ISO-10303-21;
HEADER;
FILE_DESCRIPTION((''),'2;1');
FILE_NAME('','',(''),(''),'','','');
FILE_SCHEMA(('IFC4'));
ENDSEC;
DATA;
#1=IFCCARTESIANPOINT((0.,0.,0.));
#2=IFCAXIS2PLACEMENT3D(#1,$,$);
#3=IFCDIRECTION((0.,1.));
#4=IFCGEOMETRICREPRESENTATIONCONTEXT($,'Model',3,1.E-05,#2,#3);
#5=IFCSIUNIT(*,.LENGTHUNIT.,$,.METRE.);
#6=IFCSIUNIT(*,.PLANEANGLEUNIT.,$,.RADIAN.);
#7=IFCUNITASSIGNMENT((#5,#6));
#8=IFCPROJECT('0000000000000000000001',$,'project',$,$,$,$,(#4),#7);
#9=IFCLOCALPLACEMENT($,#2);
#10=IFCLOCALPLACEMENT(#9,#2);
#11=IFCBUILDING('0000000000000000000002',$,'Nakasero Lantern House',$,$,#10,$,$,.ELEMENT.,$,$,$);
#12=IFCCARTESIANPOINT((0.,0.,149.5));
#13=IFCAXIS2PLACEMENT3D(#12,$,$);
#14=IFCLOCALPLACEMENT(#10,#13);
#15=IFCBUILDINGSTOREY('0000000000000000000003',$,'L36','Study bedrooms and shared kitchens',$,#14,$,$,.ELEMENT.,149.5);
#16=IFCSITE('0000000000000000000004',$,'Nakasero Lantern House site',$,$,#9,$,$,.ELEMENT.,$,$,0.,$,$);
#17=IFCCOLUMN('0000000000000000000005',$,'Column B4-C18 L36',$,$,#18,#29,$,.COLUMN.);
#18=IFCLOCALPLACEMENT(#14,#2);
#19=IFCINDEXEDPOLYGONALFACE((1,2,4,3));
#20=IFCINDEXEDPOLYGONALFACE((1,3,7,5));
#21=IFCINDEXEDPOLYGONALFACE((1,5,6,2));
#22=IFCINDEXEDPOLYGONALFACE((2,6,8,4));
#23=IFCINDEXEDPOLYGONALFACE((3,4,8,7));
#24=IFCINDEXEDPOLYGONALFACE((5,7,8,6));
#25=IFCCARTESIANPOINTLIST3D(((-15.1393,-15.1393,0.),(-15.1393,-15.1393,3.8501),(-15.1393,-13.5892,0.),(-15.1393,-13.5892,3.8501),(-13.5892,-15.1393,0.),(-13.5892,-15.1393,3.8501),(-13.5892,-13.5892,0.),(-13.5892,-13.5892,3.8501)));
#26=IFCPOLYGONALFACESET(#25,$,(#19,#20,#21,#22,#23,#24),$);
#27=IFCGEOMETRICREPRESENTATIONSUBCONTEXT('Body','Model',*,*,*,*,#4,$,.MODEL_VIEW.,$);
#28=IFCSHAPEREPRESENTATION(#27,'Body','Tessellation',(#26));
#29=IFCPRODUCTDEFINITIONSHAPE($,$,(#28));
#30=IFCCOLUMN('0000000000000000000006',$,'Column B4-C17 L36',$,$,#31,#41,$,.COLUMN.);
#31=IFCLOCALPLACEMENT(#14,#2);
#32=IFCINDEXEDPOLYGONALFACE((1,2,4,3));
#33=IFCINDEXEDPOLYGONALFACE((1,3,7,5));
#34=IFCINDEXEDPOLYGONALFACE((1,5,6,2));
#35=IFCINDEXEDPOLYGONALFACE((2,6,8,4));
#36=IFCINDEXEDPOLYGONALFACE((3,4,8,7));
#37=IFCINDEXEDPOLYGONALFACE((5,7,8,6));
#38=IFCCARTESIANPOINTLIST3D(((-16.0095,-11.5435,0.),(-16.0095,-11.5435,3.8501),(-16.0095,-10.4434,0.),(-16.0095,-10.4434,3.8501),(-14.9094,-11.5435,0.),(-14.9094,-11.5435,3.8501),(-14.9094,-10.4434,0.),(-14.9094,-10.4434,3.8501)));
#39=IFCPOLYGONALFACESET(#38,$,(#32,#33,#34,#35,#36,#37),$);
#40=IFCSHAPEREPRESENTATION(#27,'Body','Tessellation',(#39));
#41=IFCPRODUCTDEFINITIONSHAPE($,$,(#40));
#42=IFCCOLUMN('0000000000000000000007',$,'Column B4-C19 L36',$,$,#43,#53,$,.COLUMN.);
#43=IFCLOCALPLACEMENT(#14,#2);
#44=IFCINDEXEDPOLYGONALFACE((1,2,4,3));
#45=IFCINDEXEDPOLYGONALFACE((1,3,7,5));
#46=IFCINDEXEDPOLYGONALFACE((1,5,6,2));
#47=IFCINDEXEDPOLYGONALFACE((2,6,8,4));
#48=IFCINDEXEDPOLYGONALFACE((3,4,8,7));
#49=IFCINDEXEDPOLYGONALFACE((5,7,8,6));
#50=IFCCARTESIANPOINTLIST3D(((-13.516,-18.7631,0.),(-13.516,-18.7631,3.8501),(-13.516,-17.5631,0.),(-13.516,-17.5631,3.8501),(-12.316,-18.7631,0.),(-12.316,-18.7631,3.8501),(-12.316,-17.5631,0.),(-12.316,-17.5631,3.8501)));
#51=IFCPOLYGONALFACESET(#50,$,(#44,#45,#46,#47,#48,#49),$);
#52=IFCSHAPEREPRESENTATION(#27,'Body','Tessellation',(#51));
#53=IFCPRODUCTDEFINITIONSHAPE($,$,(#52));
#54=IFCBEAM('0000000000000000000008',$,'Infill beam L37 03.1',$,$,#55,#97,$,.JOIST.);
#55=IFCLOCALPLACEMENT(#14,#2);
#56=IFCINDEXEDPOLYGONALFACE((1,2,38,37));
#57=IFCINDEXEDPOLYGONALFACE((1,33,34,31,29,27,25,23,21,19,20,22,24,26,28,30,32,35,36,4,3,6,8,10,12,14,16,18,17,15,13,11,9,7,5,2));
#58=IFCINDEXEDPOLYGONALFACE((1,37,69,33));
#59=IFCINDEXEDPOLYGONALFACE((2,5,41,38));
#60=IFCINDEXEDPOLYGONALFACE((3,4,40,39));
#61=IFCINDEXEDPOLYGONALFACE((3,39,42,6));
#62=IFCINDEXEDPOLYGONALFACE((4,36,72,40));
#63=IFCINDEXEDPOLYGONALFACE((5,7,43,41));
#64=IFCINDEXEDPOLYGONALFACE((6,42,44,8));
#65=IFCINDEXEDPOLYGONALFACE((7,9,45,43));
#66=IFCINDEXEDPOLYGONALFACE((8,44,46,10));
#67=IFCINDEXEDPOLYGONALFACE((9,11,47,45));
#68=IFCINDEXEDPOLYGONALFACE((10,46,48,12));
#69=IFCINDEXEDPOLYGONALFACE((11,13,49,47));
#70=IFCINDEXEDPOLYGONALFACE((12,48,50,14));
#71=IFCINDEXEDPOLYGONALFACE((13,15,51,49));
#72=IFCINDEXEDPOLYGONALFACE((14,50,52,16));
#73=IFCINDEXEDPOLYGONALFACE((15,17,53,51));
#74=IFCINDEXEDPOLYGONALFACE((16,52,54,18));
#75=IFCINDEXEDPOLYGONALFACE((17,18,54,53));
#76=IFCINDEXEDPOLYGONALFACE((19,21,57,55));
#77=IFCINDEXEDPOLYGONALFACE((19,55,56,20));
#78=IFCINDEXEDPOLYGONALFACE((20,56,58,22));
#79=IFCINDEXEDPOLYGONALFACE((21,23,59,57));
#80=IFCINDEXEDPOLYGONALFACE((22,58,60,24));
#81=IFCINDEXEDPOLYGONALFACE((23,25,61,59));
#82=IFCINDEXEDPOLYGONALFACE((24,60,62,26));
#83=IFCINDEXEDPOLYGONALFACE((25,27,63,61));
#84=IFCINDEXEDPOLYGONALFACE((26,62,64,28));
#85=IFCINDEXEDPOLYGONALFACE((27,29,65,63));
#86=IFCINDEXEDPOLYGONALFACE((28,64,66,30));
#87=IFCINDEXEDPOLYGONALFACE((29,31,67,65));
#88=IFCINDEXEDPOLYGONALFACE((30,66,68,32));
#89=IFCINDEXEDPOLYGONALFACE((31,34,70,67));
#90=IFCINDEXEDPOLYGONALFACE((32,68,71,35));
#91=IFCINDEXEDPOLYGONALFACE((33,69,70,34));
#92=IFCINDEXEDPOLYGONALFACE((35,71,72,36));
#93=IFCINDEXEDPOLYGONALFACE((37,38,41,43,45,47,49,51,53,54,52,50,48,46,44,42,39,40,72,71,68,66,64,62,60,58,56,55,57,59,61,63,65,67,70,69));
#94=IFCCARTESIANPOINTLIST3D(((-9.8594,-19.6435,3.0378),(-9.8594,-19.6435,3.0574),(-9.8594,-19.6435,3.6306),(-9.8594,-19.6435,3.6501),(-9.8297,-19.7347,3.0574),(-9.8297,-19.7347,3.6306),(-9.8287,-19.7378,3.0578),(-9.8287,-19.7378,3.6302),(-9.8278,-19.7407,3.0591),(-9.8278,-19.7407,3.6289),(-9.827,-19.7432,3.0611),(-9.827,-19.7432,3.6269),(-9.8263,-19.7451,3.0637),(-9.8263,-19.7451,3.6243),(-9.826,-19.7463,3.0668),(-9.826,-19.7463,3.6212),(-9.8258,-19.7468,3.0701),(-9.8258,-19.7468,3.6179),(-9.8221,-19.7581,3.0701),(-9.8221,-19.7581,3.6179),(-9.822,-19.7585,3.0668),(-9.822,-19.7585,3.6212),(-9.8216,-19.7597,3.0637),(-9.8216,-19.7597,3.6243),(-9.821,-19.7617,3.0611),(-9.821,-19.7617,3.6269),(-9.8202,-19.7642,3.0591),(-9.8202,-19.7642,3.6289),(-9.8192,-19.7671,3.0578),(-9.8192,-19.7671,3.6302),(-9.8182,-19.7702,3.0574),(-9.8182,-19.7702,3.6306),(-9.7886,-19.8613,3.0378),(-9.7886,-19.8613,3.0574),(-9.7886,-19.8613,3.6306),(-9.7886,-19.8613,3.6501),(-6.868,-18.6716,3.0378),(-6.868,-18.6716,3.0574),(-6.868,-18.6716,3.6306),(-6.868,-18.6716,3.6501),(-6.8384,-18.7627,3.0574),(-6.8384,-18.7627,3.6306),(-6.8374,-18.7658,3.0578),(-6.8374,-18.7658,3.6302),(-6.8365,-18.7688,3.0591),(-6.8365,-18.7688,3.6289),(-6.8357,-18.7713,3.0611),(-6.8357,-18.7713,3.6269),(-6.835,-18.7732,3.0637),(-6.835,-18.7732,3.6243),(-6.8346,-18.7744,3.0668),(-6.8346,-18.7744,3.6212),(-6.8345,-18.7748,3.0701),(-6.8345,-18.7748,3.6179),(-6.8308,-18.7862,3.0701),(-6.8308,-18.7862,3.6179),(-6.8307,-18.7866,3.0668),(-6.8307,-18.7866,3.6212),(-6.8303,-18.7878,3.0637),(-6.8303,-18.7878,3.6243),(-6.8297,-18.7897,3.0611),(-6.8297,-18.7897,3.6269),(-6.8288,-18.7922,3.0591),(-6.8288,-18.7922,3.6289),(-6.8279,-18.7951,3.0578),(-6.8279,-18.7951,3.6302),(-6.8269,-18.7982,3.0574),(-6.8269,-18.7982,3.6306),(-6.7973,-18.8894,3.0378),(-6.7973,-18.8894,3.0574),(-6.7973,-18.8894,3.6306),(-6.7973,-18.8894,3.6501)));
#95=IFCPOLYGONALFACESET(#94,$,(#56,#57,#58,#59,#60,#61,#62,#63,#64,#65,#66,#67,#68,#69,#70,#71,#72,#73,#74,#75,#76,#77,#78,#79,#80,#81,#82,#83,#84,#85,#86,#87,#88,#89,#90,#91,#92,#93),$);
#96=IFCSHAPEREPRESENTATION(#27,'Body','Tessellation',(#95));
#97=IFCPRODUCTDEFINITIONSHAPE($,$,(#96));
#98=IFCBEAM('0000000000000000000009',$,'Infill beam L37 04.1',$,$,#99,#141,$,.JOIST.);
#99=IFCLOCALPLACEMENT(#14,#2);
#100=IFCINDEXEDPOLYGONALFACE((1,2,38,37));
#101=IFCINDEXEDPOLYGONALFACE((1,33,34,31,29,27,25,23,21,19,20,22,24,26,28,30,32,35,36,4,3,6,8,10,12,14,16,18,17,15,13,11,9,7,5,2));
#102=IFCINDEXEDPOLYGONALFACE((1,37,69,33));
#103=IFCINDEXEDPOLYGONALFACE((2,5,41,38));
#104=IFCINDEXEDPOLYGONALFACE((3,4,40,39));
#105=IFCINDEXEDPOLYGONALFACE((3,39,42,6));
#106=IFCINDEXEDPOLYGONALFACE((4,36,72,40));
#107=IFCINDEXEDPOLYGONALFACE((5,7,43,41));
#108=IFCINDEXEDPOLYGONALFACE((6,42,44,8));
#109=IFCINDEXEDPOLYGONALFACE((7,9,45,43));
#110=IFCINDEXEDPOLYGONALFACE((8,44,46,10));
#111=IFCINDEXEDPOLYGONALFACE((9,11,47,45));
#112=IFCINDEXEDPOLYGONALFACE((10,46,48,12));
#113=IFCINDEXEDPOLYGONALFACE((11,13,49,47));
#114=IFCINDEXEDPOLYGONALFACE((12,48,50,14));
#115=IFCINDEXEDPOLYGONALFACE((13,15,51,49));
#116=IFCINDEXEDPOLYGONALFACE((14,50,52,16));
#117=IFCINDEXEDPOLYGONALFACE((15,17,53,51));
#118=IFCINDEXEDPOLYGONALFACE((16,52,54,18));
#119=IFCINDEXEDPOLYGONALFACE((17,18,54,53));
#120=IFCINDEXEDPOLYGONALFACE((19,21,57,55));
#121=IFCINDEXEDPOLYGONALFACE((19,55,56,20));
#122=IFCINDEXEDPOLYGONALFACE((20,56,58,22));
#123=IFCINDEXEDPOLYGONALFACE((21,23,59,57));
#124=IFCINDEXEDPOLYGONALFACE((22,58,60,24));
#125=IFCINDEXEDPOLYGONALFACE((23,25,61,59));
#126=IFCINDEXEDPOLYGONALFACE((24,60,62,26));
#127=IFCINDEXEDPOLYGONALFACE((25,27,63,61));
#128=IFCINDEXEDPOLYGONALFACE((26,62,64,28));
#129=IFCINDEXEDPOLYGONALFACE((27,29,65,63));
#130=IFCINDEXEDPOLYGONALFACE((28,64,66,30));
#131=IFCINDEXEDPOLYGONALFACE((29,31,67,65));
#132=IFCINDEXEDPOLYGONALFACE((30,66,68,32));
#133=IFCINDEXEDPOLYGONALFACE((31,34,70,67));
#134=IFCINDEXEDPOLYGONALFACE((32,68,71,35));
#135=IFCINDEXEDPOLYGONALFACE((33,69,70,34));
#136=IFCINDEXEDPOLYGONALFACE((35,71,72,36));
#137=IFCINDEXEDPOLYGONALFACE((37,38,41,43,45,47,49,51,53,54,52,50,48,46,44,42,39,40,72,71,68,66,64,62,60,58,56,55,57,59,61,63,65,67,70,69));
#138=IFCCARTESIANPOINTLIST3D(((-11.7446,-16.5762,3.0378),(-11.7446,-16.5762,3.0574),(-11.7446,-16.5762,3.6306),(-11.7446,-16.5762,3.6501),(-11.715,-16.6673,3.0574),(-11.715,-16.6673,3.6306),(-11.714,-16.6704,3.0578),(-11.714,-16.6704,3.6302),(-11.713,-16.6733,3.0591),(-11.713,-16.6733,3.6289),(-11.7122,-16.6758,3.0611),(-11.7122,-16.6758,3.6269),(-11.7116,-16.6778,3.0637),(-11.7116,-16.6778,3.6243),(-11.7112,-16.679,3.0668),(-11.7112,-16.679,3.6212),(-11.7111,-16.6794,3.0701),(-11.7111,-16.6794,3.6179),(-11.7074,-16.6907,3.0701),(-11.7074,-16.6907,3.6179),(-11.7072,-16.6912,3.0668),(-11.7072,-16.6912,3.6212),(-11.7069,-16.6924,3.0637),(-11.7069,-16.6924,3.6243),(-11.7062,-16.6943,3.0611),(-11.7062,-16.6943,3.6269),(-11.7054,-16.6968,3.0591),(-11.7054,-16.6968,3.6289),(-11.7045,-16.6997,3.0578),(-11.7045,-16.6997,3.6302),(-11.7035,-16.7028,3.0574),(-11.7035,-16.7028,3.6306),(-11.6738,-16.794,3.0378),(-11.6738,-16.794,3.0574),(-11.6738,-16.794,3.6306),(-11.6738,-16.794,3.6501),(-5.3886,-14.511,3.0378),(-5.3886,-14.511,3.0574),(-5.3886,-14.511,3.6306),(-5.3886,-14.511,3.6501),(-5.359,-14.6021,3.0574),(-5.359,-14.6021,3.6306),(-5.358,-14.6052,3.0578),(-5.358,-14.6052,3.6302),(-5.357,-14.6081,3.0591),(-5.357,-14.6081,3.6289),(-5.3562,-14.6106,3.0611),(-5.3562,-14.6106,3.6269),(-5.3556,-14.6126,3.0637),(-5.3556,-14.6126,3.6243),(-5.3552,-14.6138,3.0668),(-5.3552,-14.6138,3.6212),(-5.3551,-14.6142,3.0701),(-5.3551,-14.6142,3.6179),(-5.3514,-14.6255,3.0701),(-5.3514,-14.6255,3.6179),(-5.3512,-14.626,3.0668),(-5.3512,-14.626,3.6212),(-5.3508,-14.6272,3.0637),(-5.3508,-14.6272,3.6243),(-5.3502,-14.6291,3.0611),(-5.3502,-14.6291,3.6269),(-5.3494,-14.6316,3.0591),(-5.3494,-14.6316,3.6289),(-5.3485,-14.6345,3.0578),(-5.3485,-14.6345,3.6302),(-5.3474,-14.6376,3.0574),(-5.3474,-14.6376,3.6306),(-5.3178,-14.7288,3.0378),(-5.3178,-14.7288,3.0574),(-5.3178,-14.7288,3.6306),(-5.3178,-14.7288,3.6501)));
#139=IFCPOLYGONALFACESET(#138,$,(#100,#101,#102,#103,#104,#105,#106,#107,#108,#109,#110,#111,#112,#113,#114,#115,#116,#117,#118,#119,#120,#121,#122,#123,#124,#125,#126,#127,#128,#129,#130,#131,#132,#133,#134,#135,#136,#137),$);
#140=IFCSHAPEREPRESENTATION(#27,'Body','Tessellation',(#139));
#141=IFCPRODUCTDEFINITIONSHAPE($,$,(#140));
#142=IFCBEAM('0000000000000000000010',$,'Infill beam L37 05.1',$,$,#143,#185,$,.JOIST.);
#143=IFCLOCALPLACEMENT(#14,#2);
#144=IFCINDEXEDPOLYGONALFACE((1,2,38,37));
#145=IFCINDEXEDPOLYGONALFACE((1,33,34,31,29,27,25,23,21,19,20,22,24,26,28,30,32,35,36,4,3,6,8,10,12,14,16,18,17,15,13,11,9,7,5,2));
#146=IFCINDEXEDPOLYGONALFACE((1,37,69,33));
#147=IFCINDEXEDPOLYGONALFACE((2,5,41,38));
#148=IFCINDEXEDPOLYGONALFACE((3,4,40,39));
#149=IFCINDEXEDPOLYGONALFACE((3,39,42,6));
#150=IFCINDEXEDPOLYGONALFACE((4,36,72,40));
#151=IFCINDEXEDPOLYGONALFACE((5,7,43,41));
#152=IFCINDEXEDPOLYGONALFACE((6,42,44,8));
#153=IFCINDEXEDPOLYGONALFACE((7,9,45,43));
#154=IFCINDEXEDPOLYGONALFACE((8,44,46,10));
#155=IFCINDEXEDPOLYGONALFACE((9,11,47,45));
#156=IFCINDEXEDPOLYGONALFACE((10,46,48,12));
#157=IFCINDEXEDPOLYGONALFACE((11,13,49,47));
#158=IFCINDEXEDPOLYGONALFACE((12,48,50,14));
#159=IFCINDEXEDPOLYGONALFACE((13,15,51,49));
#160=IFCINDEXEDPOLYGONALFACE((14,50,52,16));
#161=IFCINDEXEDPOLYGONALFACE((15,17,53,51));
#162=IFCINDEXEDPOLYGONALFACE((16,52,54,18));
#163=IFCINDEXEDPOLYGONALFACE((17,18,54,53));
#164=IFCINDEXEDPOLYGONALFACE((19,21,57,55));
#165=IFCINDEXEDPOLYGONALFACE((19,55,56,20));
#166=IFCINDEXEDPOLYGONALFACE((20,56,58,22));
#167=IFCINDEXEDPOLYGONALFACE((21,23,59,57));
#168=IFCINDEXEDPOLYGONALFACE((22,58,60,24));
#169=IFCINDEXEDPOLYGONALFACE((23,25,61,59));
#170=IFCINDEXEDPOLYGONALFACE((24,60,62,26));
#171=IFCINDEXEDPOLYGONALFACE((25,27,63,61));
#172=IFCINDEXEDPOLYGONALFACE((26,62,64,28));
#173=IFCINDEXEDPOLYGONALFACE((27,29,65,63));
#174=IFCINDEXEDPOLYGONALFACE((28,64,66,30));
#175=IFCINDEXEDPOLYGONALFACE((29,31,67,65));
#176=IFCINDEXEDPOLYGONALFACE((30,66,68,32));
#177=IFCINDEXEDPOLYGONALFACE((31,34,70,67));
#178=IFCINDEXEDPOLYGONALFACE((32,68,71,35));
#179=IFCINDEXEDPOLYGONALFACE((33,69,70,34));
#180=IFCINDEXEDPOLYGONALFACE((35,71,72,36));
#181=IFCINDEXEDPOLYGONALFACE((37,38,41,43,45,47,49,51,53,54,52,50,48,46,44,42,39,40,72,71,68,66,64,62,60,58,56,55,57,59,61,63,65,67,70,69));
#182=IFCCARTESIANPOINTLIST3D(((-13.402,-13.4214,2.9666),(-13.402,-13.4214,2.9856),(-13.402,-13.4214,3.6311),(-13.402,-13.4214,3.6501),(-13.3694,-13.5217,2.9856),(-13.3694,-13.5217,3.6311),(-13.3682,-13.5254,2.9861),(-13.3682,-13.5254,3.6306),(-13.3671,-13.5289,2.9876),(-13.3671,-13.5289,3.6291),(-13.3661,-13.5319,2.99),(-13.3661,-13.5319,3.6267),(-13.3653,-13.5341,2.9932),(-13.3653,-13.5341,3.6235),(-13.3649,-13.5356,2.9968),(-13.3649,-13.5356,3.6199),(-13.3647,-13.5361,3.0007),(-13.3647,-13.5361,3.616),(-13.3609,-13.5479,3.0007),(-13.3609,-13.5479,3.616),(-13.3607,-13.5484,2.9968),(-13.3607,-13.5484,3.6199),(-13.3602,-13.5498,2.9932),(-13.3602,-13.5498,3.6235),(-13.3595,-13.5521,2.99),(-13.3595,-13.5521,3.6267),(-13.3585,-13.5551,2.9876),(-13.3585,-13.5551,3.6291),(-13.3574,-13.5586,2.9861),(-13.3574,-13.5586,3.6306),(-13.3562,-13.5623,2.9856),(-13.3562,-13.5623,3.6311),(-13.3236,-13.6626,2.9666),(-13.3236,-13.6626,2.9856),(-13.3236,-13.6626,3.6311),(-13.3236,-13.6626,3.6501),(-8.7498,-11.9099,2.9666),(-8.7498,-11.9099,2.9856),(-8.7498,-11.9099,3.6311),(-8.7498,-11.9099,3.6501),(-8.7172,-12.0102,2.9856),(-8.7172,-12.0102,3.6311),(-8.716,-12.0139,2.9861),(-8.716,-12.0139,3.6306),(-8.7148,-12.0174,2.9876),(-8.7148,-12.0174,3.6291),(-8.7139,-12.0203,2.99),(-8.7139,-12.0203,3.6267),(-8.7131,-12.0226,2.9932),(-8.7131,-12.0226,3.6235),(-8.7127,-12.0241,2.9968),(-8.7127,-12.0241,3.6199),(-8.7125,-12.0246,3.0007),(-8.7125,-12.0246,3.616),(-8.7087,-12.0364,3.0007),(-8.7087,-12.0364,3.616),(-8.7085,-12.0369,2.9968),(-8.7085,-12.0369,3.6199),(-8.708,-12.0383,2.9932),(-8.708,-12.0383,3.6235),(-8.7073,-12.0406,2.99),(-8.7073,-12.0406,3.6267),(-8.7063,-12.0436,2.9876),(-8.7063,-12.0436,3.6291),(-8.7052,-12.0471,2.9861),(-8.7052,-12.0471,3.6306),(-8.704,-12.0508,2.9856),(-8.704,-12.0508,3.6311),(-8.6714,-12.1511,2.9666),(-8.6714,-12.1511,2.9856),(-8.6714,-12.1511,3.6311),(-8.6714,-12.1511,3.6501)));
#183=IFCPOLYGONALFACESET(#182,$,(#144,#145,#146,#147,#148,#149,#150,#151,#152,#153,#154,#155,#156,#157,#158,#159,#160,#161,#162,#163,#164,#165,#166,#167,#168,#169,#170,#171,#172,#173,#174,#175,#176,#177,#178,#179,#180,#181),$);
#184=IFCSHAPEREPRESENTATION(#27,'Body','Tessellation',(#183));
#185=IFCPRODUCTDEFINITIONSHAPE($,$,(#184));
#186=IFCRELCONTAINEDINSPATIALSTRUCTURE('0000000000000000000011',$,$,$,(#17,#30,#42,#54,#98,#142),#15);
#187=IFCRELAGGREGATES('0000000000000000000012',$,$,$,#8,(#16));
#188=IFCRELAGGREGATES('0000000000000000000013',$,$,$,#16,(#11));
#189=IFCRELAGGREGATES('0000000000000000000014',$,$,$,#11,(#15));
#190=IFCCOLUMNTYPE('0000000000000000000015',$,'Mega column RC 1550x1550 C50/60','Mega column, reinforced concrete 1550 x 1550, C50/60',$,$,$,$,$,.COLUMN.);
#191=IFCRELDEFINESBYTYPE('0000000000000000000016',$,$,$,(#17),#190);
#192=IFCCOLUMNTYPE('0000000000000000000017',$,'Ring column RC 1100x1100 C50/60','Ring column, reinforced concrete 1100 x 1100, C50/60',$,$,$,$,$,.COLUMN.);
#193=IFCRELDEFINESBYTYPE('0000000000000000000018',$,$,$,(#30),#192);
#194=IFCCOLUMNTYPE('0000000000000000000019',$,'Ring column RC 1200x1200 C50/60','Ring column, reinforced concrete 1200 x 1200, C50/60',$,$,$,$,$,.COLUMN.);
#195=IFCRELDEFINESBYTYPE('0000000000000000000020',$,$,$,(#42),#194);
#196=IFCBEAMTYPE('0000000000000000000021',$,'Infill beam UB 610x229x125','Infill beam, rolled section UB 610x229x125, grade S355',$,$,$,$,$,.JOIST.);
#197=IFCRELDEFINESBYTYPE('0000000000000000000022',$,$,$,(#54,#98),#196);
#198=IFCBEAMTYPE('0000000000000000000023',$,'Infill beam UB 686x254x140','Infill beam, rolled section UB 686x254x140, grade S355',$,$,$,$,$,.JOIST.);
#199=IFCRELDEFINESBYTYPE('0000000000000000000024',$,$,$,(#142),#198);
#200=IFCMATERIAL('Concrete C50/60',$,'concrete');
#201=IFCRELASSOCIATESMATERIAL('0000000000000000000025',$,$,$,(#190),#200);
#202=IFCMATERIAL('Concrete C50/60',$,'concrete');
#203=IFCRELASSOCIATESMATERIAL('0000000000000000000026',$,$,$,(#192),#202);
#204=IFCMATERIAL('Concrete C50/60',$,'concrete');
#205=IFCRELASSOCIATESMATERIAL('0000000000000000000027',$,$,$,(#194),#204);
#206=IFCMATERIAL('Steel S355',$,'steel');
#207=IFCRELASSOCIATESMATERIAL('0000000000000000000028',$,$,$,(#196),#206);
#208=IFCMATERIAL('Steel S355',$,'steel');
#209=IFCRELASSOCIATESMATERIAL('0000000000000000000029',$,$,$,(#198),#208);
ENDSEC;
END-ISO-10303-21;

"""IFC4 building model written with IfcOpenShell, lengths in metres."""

from ifc_helpers import new_model, si_unit, direction, frame, origin, origin_2d, place, context, subcontext, project, spatial, rectangle, i_section, extrude, material, material_profile, profile_set, type_object, element, save


model = new_model("IFC4")

# Units and contexts
model_context = context("Model", 3, precision=1e-05, world=origin(), true_north=direction((0.0, 1.0)))
body_context = subcontext(model_context, "Body", "Model", "MODEL_VIEW")
ifc_project = project(units=[si_unit("LENGTHUNIT", "METRE"), si_unit("PLANEANGLEUNIT", "RADIAN")], contexts=[model_context])

# Site, building, storey
site_placement = place(None, origin())
site = spatial("IfcSite", under=ifc_project, at=site_placement, Name="Nakasero Lantern House site", CompositionType="ELEMENT", RefElevation=0.0)
building_placement = place(site_placement, origin())
building = spatial("IfcBuilding", under=site, at=building_placement, Name="Nakasero Lantern House", CompositionType="ELEMENT")
storey_placement = place(building_placement, frame((0.0, 0.0, 149.5)))
storey = spatial("IfcBuildingStorey", under=building, at=storey_placement, Name="L36", Description="Study bedrooms and shared kitchens", CompositionType="ELEMENT", Elevation=149.5)

# Columns
ifc_material_1 = material(Name="Concrete C50/60", Category="concrete")
ifc_material_profile_1 = material_profile(ifc_material_1, rectangle(XDim=1.55, YDim=1.55, at=origin_2d()), Name="RC 1550x1550")
ifc_profile_set_1 = profile_set([ifc_material_profile_1], Name="Concrete C50/60")
column_type_1 = type_object("IfcColumnType", Name="Mega column RC 1550x1550 C50/60", Description="Mega column, reinforced concrete 1550 x 1550, C50/60", PredefinedType="COLUMN", material=ifc_profile_set_1)
column_1_placement = place(storey_placement, frame((-14.3643, -14.3643, 0.0), z_axis=(0.0, 0.0, 1.0), x_axis=(1.0, 0.0, 0.0)))
element("IfcColumn", 1, at=column_1_placement, inside=storey, type_object=column_type_1, Name="Column B4-C18 L36", PredefinedType="COLUMN", context=body_context, shape_type="SweptSolid", body=[
    extrude(rectangle(XDim=1.55, YDim=1.55, at=origin_2d()), origin(), (0.0, 0.0, 1.0), 3.8501),
])
ifc_material_2 = material(Name="Concrete C50/60", Category="concrete")
ifc_material_profile_2 = material_profile(ifc_material_2, rectangle(XDim=1.1001, YDim=1.1001, at=origin_2d()), Name="RC 1100x1100")
ifc_profile_set_2 = profile_set([ifc_material_profile_2], Name="Concrete C50/60")
column_type_2 = type_object("IfcColumnType", Name="Ring column RC 1100x1100 C50/60", Description="Ring column, reinforced concrete 1100 x 1100, C50/60", PredefinedType="COLUMN", material=ifc_profile_set_2)
column_2_placement = place(storey_placement, frame((-15.4595, -10.9934, 0.0), z_axis=(0.0, 0.0, 1.0), x_axis=(1.0, 0.0, 0.0)))
element("IfcColumn", 2, at=column_2_placement, inside=storey, type_object=column_type_2, Name="Column B4-C17 L36", PredefinedType="COLUMN", context=body_context, shape_type="SweptSolid", body=[
    extrude(rectangle(XDim=1.1001, YDim=1.1001, at=origin_2d()), origin(), (0.0, 0.0, 1.0), 3.8501),
])
ifc_material_3 = material(Name="Concrete C50/60", Category="concrete")
ifc_material_profile_3 = material_profile(ifc_material_3, rectangle(XDim=1.2, YDim=1.2, at=origin_2d()), Name="RC 1200x1200")
ifc_profile_set_3 = profile_set([ifc_material_profile_3], Name="Concrete C50/60")
column_type_3 = type_object("IfcColumnType", Name="Ring column RC 1200x1200 C50/60", Description="Ring column, reinforced concrete 1200 x 1200, C50/60", PredefinedType="COLUMN", material=ifc_profile_set_3)
column_3_placement = place(storey_placement, frame((-12.916, -18.1631, 0.0), z_axis=(0.0, 0.0, 1.0), x_axis=(1.0, 0.0, 0.0)))
element("IfcColumn", 3, at=column_3_placement, inside=storey, type_object=column_type_3, Name="Column B4-C19 L36", PredefinedType="COLUMN", context=body_context, shape_type="SweptSolid", body=[
    extrude(rectangle(XDim=1.2, YDim=1.2, at=origin_2d()), origin(), (0.0, 0.0, 1.0), 3.8501),
])

# Beams
ifc_material_4 = material(Name="Steel S355", Category="steel")
ifc_material_profile_4 = material_profile(ifc_material_4, i_section(OverallWidth=0.229, OverallDepth=0.6123, WebThickness=0.012, FlangeThickness=0.0195, FilletRadius=0.0127, at=origin_2d()), Name="UB 610x229x125")
ifc_profile_set_4 = profile_set([ifc_material_profile_4], Name="Steel S355")
beam_type_1 = type_object("IfcBeamType", Name="Infill beam UB 610x229x125", Description="Infill beam, rolled section UB 610x229x125, grade S355", PredefinedType="JOIST", material=ifc_profile_set_4)
beam_1_placement = place(storey_placement, frame((-9.824, -19.7524, 3.344), z_axis=(0.951055, 0.309023, 0.0), x_axis=(-0.309023, 0.951055, 0.0)))
element("IfcBeam", 4, at=beam_1_placement, inside=storey, type_object=beam_type_1, Name="Infill beam L37 03.1", PredefinedType="JOIST", context=body_context, shape_type="SweptSolid", body=[
    extrude(i_section(OverallWidth=0.229, OverallDepth=0.6123, WebThickness=0.012, FlangeThickness=0.0195, FilletRadius=0.0127, at=origin_2d()), origin(), (0.0, 0.0, 1.0), 3.1453),
])
beam_2_placement = place(storey_placement, frame((-11.7092, -16.6851, 3.344), z_axis=(0.951056, 0.309018, 0.0), x_axis=(-0.309018, 0.951056, 0.0)))
element("IfcBeam", 5, at=beam_2_placement, inside=storey, type_object=beam_type_1, Name="Infill beam L37 04.1", PredefinedType="JOIST", context=body_context, shape_type="SweptSolid", body=[
    extrude(i_section(OverallWidth=0.229, OverallDepth=0.6123, WebThickness=0.012, FlangeThickness=0.0195, FilletRadius=0.0127, at=origin_2d()), origin(), (0.0, 0.0, 1.0), 6.6831),
])
ifc_material_5 = material(Name="Steel S355", Category="steel")
ifc_material_profile_5 = material_profile(ifc_material_5, i_section(OverallWidth=0.2537, OverallDepth=0.6836, WebThickness=0.0125, FlangeThickness=0.019, FilletRadius=0.0151, at=origin_2d()), Name="UB 686x254x140")
ifc_profile_set_5 = profile_set([ifc_material_profile_5], Name="Steel S355")
beam_type_2 = type_object("IfcBeamType", Name="Infill beam UB 686x254x140", Description="Infill beam, rolled section UB 686x254x140, grade S355", PredefinedType="JOIST", material=ifc_profile_set_5)
beam_3_placement = place(storey_placement, frame((-13.3628, -13.542, 3.3083), z_axis=(0.951062, 0.309001, 0.0), x_axis=(-0.309001, 0.951062, 0.0)))
element("IfcBeam", 6, at=beam_3_placement, inside=storey, type_object=beam_type_2, Name="Infill beam L37 05.1", PredefinedType="JOIST", context=body_context, shape_type="SweptSolid", body=[
    extrude(i_section(OverallWidth=0.2537, OverallDepth=0.6836, WebThickness=0.0125, FlangeThickness=0.019, FilletRadius=0.0151, at=origin_2d()), origin(), (0.0, 0.0, 1.0), 4.8916),
])

save(model, "model.ifc")
